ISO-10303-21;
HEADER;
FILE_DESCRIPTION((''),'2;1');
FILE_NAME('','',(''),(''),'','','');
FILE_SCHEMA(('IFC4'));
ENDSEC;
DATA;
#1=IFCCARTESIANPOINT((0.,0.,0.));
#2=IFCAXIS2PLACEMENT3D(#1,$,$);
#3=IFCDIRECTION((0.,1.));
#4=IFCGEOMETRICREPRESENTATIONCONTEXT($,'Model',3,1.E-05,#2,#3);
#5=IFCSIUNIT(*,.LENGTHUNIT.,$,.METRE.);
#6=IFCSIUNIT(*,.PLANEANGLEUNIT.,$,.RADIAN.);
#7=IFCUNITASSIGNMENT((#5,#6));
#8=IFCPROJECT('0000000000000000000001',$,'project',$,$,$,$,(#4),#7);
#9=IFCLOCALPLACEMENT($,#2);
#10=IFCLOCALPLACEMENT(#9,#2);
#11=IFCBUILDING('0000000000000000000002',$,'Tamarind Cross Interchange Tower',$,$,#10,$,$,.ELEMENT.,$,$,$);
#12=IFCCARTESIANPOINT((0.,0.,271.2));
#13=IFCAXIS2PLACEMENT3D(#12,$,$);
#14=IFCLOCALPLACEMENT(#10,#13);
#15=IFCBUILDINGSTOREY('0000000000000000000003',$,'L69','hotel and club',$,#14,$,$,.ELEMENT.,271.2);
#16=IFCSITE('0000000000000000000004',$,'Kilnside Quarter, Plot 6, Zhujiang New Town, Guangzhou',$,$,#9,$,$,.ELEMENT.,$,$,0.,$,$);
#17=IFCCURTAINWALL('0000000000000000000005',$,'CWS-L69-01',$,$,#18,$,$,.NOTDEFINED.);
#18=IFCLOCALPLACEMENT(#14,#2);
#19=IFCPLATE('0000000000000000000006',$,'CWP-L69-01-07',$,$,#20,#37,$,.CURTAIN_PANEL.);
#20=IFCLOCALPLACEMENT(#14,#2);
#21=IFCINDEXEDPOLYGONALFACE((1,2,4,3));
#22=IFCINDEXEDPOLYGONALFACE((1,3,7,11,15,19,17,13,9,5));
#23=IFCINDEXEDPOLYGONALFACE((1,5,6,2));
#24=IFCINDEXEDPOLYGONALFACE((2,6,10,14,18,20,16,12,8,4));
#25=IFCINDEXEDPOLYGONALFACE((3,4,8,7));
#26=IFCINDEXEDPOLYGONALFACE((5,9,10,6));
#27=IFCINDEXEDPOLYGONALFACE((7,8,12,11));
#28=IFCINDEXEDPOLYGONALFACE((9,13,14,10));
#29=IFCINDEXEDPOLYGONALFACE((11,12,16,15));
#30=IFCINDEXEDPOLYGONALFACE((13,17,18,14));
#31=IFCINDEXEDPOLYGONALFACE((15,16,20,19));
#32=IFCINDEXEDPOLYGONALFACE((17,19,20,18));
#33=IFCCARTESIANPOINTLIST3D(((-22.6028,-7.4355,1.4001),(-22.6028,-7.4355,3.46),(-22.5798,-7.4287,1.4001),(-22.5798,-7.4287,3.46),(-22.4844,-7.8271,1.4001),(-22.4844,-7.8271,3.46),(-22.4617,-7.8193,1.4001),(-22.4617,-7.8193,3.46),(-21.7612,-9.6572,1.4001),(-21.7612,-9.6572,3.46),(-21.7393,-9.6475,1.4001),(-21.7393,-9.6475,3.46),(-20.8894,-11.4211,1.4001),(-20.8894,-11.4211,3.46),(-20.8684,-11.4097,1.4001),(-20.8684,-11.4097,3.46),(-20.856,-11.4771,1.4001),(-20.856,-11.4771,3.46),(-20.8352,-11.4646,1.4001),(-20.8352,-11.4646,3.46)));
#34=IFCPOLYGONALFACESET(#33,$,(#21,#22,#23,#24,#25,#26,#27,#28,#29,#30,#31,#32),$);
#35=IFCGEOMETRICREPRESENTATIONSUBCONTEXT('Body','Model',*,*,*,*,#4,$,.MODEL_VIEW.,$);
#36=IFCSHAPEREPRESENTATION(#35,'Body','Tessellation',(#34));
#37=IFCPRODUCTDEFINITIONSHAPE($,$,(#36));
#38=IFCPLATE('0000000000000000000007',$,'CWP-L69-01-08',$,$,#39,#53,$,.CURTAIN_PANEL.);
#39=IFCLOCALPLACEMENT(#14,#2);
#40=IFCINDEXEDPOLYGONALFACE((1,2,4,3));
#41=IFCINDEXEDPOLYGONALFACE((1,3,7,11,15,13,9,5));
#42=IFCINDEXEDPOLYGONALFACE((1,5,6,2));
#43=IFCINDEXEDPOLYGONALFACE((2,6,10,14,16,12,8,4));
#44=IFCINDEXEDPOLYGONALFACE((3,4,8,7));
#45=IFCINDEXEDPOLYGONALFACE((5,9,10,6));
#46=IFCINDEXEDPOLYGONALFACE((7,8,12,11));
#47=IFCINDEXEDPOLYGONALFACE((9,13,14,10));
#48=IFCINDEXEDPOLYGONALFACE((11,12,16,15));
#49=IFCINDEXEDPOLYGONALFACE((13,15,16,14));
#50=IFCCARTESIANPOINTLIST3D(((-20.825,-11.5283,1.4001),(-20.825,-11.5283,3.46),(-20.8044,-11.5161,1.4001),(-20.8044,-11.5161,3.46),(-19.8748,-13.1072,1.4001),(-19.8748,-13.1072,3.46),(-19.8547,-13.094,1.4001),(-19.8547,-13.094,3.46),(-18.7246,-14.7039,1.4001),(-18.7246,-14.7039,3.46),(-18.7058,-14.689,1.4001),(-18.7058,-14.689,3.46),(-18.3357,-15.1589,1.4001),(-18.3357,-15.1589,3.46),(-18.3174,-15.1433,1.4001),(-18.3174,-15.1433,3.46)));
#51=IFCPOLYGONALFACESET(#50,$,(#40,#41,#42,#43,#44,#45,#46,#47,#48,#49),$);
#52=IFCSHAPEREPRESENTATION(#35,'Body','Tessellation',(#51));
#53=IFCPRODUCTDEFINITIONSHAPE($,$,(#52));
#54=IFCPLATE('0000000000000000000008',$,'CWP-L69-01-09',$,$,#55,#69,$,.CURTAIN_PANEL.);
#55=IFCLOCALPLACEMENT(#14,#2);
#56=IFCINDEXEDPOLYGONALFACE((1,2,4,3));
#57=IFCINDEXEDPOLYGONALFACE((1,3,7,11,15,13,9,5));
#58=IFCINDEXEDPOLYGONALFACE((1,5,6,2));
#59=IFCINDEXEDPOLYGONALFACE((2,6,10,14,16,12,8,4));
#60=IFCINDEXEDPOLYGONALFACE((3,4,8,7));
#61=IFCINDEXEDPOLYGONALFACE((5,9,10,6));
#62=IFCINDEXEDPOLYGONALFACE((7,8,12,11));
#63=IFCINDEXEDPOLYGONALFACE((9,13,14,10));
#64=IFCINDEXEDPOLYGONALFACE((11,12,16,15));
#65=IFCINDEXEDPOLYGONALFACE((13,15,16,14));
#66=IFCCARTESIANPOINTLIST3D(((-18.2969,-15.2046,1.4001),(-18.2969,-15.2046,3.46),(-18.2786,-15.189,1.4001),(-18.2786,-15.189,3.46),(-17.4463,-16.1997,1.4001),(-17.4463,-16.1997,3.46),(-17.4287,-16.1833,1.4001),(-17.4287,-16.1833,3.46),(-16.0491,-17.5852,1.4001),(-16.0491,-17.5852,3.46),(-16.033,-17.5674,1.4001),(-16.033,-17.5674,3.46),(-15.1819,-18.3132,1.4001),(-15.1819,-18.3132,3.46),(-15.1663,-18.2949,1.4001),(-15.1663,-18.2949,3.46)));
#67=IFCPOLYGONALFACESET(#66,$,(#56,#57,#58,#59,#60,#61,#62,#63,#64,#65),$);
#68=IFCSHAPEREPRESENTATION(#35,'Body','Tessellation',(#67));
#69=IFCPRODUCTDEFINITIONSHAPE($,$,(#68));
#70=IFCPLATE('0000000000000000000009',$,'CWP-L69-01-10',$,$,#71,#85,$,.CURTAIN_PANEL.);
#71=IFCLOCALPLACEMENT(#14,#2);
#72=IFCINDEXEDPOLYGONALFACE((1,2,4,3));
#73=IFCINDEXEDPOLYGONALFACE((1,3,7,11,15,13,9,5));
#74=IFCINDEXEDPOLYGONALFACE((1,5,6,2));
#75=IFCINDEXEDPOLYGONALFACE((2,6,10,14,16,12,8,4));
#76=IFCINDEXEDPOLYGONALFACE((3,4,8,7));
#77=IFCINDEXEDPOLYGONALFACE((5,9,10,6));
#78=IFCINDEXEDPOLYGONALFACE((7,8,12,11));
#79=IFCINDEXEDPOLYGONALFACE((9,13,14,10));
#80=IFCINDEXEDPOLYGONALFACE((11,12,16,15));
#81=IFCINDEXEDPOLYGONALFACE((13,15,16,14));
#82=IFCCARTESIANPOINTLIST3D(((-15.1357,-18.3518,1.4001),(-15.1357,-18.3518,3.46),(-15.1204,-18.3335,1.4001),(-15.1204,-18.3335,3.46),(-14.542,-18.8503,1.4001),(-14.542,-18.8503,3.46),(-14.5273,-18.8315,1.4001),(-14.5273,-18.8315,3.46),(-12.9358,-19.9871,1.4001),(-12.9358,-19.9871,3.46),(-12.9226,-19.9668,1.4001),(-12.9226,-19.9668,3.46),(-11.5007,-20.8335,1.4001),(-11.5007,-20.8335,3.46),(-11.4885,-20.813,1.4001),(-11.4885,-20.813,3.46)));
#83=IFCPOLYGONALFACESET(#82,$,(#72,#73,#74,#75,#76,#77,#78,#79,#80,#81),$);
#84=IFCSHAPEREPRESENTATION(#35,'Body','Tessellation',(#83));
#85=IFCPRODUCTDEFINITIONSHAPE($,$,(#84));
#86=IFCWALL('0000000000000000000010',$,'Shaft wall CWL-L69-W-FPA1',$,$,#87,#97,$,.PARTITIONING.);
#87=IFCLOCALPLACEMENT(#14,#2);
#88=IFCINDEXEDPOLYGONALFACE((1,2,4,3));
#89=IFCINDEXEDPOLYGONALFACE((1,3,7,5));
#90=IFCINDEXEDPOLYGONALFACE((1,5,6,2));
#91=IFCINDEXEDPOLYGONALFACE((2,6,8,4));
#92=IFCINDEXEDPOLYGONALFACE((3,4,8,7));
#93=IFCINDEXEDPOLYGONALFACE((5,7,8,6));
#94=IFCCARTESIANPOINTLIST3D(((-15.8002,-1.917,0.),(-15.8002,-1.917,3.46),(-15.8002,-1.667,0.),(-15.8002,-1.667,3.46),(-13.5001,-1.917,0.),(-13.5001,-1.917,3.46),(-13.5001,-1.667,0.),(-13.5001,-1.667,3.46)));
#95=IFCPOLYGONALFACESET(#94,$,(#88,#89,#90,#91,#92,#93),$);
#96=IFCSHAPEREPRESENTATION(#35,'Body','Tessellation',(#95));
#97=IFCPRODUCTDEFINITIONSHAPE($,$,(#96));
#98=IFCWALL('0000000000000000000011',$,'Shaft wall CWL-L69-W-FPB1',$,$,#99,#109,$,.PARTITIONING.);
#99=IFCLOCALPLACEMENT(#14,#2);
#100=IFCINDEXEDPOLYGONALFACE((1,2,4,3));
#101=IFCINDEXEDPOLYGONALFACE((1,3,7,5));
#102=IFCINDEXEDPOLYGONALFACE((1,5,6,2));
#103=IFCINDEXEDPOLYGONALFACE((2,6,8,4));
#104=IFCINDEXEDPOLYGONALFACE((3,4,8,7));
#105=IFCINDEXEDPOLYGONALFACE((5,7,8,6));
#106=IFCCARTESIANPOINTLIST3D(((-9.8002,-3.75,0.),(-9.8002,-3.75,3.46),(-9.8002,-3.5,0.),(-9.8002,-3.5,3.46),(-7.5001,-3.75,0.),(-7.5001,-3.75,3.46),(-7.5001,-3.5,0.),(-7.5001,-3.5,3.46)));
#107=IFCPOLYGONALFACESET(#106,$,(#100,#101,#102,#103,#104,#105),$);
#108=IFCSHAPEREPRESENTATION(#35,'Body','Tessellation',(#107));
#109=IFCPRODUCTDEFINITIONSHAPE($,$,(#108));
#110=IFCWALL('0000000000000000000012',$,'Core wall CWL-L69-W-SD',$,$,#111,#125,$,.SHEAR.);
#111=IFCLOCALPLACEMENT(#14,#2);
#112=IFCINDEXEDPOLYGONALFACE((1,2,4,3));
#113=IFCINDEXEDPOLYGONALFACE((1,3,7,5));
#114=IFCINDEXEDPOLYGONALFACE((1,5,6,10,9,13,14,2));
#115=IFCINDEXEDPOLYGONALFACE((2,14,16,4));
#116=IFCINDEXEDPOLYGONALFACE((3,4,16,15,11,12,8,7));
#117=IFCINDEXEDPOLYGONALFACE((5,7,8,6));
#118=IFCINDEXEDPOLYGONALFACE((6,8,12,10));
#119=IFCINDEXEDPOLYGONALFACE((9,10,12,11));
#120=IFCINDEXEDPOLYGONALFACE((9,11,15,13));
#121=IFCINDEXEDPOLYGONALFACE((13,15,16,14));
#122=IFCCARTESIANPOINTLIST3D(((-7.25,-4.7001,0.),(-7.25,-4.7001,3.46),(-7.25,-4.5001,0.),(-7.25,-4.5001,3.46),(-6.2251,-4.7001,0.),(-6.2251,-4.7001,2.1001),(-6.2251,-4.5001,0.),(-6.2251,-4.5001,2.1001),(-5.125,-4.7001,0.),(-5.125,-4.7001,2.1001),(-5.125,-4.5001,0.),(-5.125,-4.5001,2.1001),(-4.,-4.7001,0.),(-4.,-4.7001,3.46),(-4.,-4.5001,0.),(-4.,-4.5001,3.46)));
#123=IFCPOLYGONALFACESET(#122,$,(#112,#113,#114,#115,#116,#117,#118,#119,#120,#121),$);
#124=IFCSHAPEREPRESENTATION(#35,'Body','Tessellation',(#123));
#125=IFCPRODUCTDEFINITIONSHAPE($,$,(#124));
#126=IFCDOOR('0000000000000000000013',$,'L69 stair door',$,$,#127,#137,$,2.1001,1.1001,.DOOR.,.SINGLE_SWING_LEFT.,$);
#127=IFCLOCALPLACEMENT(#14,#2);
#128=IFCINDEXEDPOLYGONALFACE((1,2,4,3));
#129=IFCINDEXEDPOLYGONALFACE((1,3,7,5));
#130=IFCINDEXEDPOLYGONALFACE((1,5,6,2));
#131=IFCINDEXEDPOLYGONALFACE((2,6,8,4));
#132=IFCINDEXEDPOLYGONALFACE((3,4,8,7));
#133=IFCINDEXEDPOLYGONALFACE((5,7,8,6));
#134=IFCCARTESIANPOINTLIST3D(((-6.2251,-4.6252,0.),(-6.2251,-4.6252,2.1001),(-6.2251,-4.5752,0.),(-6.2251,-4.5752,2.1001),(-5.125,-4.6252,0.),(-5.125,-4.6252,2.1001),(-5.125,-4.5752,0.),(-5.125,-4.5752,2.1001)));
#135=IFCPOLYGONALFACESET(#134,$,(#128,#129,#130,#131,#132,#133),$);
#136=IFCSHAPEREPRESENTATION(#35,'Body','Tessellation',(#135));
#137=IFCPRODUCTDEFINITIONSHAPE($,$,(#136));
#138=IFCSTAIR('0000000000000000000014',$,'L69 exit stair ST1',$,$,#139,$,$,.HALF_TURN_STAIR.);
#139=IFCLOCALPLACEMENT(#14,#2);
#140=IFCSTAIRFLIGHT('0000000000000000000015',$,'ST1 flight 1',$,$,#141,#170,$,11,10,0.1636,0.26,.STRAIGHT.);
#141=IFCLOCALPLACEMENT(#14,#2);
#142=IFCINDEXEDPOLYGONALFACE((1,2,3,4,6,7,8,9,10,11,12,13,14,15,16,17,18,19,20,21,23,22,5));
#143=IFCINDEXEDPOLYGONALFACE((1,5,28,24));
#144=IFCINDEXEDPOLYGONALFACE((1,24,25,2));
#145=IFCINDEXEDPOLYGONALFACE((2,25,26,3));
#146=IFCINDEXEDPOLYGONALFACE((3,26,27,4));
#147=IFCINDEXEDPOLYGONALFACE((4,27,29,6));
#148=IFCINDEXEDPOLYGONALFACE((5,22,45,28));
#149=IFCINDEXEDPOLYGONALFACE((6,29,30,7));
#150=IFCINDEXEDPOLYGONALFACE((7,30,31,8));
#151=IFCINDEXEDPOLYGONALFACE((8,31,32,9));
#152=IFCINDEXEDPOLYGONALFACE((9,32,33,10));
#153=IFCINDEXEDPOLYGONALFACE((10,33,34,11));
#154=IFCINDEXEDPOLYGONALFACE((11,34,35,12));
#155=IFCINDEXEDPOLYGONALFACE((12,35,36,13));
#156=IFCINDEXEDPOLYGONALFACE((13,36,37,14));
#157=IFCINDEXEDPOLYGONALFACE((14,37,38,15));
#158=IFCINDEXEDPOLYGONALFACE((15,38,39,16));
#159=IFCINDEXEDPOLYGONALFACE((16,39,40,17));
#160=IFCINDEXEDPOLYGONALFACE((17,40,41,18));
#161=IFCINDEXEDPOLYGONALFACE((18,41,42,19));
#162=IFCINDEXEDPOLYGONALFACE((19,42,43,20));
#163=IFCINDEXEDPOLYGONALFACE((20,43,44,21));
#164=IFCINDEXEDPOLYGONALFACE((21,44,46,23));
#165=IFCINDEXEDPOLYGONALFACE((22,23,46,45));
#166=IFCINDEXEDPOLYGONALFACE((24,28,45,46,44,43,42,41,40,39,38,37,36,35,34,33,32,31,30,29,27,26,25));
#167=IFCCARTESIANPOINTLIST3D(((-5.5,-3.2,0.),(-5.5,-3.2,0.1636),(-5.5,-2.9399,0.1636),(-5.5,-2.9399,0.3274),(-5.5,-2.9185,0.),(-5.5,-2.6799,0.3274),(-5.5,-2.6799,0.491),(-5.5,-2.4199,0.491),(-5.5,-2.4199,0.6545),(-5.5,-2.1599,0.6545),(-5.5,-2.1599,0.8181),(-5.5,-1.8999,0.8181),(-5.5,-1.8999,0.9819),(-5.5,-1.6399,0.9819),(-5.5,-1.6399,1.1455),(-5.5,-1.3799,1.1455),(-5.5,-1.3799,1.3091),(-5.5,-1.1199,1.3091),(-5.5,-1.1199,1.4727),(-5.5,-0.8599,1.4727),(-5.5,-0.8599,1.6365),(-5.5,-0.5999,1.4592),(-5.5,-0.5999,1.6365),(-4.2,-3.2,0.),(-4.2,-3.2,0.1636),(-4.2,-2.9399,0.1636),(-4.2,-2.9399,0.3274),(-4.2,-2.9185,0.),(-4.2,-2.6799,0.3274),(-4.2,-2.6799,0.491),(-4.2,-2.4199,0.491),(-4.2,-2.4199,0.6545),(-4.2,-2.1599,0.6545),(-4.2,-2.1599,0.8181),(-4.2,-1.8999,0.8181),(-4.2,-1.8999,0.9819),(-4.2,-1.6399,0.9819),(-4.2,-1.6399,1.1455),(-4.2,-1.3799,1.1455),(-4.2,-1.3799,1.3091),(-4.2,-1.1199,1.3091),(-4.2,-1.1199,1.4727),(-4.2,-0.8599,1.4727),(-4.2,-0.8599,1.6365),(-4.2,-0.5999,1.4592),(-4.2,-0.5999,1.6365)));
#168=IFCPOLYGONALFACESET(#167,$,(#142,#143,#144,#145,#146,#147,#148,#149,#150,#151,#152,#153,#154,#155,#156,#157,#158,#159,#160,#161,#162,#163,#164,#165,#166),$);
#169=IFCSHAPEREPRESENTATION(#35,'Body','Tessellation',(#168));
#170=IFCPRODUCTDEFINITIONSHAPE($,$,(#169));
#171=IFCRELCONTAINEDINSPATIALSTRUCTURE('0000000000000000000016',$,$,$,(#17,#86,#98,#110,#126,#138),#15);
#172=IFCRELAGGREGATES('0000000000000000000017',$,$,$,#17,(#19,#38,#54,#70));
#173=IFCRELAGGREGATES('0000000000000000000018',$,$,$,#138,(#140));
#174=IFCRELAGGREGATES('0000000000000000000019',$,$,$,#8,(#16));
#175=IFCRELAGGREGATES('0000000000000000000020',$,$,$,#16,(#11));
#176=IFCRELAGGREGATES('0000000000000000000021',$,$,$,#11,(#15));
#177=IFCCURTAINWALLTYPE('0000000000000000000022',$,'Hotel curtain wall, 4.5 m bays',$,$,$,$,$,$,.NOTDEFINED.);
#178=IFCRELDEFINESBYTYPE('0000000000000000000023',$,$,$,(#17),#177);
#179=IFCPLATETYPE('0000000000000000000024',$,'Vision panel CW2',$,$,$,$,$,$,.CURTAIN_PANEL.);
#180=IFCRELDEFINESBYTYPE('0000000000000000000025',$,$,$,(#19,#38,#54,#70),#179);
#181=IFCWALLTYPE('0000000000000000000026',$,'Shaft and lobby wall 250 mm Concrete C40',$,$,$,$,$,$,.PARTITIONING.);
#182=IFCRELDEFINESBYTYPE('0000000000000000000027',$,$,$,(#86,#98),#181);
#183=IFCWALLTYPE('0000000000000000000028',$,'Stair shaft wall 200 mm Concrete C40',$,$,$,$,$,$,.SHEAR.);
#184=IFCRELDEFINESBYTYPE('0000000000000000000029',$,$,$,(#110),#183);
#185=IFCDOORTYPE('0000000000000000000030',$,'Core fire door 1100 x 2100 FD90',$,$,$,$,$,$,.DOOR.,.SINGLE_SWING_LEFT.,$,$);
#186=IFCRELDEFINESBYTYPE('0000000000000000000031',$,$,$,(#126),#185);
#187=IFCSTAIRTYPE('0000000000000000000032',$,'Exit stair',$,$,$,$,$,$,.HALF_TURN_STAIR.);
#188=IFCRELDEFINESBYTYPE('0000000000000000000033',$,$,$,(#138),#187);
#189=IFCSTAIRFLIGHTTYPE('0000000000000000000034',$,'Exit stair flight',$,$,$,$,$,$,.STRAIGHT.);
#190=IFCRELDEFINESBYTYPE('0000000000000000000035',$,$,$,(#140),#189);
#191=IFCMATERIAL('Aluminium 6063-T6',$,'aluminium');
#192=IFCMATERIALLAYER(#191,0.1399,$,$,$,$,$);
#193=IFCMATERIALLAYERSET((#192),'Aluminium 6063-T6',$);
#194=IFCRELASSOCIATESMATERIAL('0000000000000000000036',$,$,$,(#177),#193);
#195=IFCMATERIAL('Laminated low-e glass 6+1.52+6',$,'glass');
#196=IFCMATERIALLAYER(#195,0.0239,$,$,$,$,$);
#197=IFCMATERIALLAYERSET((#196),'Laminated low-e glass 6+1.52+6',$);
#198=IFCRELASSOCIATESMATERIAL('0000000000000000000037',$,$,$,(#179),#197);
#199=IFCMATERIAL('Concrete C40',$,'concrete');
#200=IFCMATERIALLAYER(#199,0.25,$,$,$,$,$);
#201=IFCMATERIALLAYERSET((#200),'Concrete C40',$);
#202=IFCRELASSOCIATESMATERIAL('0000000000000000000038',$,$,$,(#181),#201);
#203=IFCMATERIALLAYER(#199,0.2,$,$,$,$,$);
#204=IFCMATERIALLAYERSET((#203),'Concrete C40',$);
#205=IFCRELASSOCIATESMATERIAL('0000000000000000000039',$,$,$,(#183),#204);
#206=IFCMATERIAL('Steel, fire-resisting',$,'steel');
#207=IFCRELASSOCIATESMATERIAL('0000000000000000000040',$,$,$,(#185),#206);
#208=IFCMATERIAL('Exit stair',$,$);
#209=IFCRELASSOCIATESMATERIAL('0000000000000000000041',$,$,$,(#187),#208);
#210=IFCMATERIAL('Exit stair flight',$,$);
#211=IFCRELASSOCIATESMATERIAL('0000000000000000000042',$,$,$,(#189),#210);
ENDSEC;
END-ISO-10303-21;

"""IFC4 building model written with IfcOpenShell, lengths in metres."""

from ifc_helpers import new_model, si_unit, direction, frame, frame_2d, origin, place, context, subcontext, project, spatial, polyline, rectangle, outline, extrude, material, layer, layer_set, type_object, element, fill, aggregate, save


model = new_model("IFC4")

# Units and contexts
model_context = context("Model", 3, precision=1e-05, world=origin(), true_north=direction((0.0, 1.0)))
body_context = subcontext(model_context, "Body", "Model", "MODEL_VIEW")
ifc_project = project(units=[si_unit("LENGTHUNIT", "METRE"), si_unit("PLANEANGLEUNIT", "RADIAN")], contexts=[model_context])

# Site, building, storey
site_placement = place(None, origin())
site = spatial("IfcSite", under=ifc_project, at=site_placement, Name="Kilnside Quarter, Plot 6, Zhujiang New Town, Guangzhou", CompositionType="ELEMENT", RefElevation=0.0)
building_placement = place(site_placement, origin())
building = spatial("IfcBuilding", under=site, at=building_placement, Name="Tamarind Cross Interchange Tower", CompositionType="ELEMENT")
storey_placement = place(building_placement, frame((0.0, 0.0, 271.2)))
storey = spatial("IfcBuildingStorey", under=building, at=storey_placement, Name="L69", Description="hotel and club", CompositionType="ELEMENT", Elevation=271.2)

# Shared definitions
ifc_material_1 = material(Name="Aluminium 6063-T6", Category="aluminium")
ifc_layer_1 = layer(ifc_material_1, 0.1399)
ifc_layer_set_1 = layer_set([ifc_layer_1], Name="Aluminium 6063-T6")
curtain_wall_type = type_object("IfcCurtainWallType", Name="Hotel curtain wall, 4.5 m bays", PredefinedType="NOTDEFINED", material=ifc_layer_set_1)

# Curtain wall
curtain_wall_1_placement = place(storey_placement, origin())
curtain_wall_1 = element("IfcCurtainWall", 1, at=curtain_wall_1_placement, inside=storey, type_object=curtain_wall_type, Name="CWS-L69-01", PredefinedType="NOTDEFINED")

# Plates
ifc_material_2 = material(Name="Laminated low-e glass 6+1.52+6", Category="glass")
ifc_layer_2 = layer(ifc_material_2, 0.0239)
ifc_layer_set_2 = layer_set([ifc_layer_2], Name="Laminated low-e glass 6+1.52+6")
plate_type = type_object("IfcPlateType", Name="Vision panel CW2", PredefinedType="CURTAIN_PANEL", material=ifc_layer_set_2)
plate_1_placement = place(storey_placement, frame((0.0, 0.0, 1.4001)))
plate_1 = element("IfcPlate", 2, at=plate_1_placement, type_object=plate_type, Name="CWP-L69-01-07", PredefinedType="CURTAIN_PANEL", context=body_context, shape_type="SweptSolid", body=[
    extrude(outline(polyline([(-22.5798, -7.4287), (-22.4617, -7.8193), (-21.7393, -9.6475), (-20.8684, -11.4097), (-20.8352, -11.4646), (-20.856, -11.4771), (-20.8894, -11.4211), (-21.7612, -9.6572), (-22.4844, -7.8271), (-22.6028, -7.4355), (-22.5798, -7.4287)])), origin(), (0.0, 0.0, 1.0), 2.0598),
])
plate_2_placement = place(storey_placement, frame((0.0, 0.0, 1.4001)))
plate_2 = element("IfcPlate", 3, at=plate_2_placement, type_object=plate_type, Name="CWP-L69-01-08", PredefinedType="CURTAIN_PANEL", context=body_context, shape_type="SweptSolid", body=[
    extrude(outline(polyline([(-20.8044, -11.5161), (-19.8547, -13.094), (-18.7058, -14.689), (-18.3174, -15.1433), (-18.3357, -15.1589), (-18.7246, -14.7039), (-19.8748, -13.1072), (-20.825, -11.5283), (-20.8044, -11.5161)])), origin(), (0.0, 0.0, 1.0), 2.0598),
])
plate_3_placement = place(storey_placement, frame((0.0, 0.0, 1.4001)))
plate_3 = element("IfcPlate", 4, at=plate_3_placement, type_object=plate_type, Name="CWP-L69-01-09", PredefinedType="CURTAIN_PANEL", context=body_context, shape_type="SweptSolid", body=[
    extrude(outline(polyline([(-18.2786, -15.189), (-17.4287, -16.1833), (-16.033, -17.5674), (-15.1663, -18.2949), (-15.1819, -18.3132), (-16.0491, -17.5852), (-17.4463, -16.1997), (-18.2969, -15.2046), (-18.2786, -15.189)])), origin(), (0.0, 0.0, 1.0), 2.0598),
])
plate_4_placement = place(storey_placement, frame((0.0, 0.0, 1.4001)))
plate_4 = element("IfcPlate", 5, at=plate_4_placement, type_object=plate_type, Name="CWP-L69-01-10", PredefinedType="CURTAIN_PANEL", context=body_context, shape_type="SweptSolid", body=[
    extrude(outline(polyline([(-15.1204, -18.3335), (-14.5273, -18.8315), (-12.9226, -19.9668), (-11.4885, -20.813), (-11.5007, -20.8335), (-12.9358, -19.9871), (-14.542, -18.8503), (-15.1357, -18.3518), (-15.1204, -18.3335)])), origin(), (0.0, 0.0, 1.0), 2.0598),
])
aggregate(curtain_wall_1, [plate_1, plate_2, plate_3, plate_4])

# Walls
ifc_material_3 = material(Name="Concrete C40", Category="concrete")
ifc_layer_3 = layer(ifc_material_3, 0.25)
ifc_layer_set_3 = layer_set([ifc_layer_3], Name="Concrete C40")
wall_type_1 = type_object("IfcWallType", Name="Shaft and lobby wall 250 mm Concrete C40", PredefinedType="PARTITIONING", material=ifc_layer_set_3)
for number, where, z_axis, x_axis, name in (
    (6, (-15.8, -1.792, 0.0), (0.0, 0.0, 1.0), (1.0, 0.0, 0.0), "Shaft wall CWL-L69-W-FPA1"),
    (7, (-9.8, -3.625, 0.0), (0.0, 0.0, 1.0), (1.0, 0.0, 0.0), "Shaft wall CWL-L69-W-FPB1"),
):
    element("IfcWall", number, at=place(storey_placement, frame(where, z_axis=z_axis, x_axis=x_axis)), inside=storey, type_object=wall_type_1, Name=name, PredefinedType="PARTITIONING", context=body_context, shape_type="SweptSolid", body=[
        extrude(rectangle(XDim=2.3, YDim=0.25, at=frame_2d((1.1499, 0.0))), origin(), (0.0, 0.0, 1.0), 3.46),
    ])

# Wall, opening, door
ifc_layer_4 = layer(ifc_material_3, 0.2)
ifc_layer_set_4 = layer_set([ifc_layer_4], Name="Concrete C40")
wall_type_2 = type_object("IfcWallType", Name="Stair shaft wall 200 mm Concrete C40", PredefinedType="SHEAR", material=ifc_layer_set_4)
wall_placement = place(storey_placement, frame((-7.25, -4.6001, 0.0), z_axis=(0.0, 0.0, 1.0), x_axis=(1.0, 0.0, 0.0)))
wall = element("IfcWall", 8, at=wall_placement, inside=storey, type_object=wall_type_2, Name="Core wall CWL-L69-W-SD", PredefinedType="SHEAR", context=body_context, shape_type="SweptSolid", body=[
    extrude(rectangle(XDim=3.25, YDim=0.2, at=frame_2d((1.625, 0.0))), origin(), (0.0, 0.0, 1.0), 3.46),
])
opening_placement = place(wall_placement, frame((1.0249, 0.0, 0.0)))
opening = element("IfcOpeningElement", 9, at=opening_placement, cuts=wall, PredefinedType="OPENING", context=body_context, shape_type="SweptSolid", body=[
    extrude(rectangle(XDim=1.1001, YDim=2.1001, at=frame_2d((0.55, 1.05))), frame((0.0, 0.1099, 0.0), z_axis=(0.0, -1.0, 0.0), x_axis=(1.0, 0.0, 0.0)), (0.0, 0.0, 1.0), 0.22),
])
ifc_material_4 = material(Name="Steel, fire-resisting", Category="steel")
door_type = type_object("IfcDoorType", Name="Core fire door 1100 x 2100 FD90", OperationType="SINGLE_SWING_LEFT", PredefinedType="DOOR", material=ifc_material_4)
door_placement = place(opening_placement, origin())
door = element("IfcDoor", 10, at=door_placement, inside=storey, type_object=door_type, Name="L69 stair door", OperationType="SINGLE_SWING_LEFT", OverallHeight=2.1001, OverallWidth=1.1001, PredefinedType="DOOR", context=body_context, shape_type="SweptSolid", body=[
    extrude(rectangle(XDim=1.1001, YDim=2.1001, at=frame_2d((0.55, 1.05))), frame((0.0, 0.0249, 0.0), z_axis=(0.0, -1.0, 0.0), x_axis=(1.0, 0.0, 0.0)), (0.0, 0.0, 1.0), 0.05),
])
fill(opening, door)

# Stair, stair flight
ifc_material_5 = material(Name="Exit stair")
stair_type = type_object("IfcStairType", Name="Exit stair", PredefinedType="HALF_TURN_STAIR", material=ifc_material_5)
stair_placement = place(storey_placement, origin())
stair = element("IfcStair", 11, at=stair_placement, inside=storey, type_object=stair_type, Name="L69 exit stair ST1", PredefinedType="HALF_TURN_STAIR")
ifc_material_6 = material(Name="Exit stair flight")
stair_flight_type = type_object("IfcStairFlightType", Name="Exit stair flight", PredefinedType="STRAIGHT", material=ifc_material_6)
stair_flight_1_placement = place(storey_placement, frame((-4.8501, -3.2, 0.0), z_axis=(0.0, 0.0, 1.0), x_axis=(0.0, 1.0, 0.0)))
stair_flight_1 = element("IfcStairFlight", 12, at=stair_flight_1_placement, type_object=stair_flight_type, Name="ST1 flight 1", NumberOfRisers=11, NumberOfTreads=10, PredefinedType="STRAIGHT", RiserHeight=0.1636, TreadLength=0.26, context=body_context, shape_type="SweptSolid", body=[
    extrude(outline(polyline([(0.0, 0.0), (0.0, 0.1636), (0.26, 0.1636), (0.26, 0.3274), (0.52, 0.3274), (0.52, 0.491), (0.78, 0.491), (0.78, 0.6545), (1.04, 0.6545), (1.04, 0.8181), (1.3, 0.8181), (1.3, 0.9819), (1.5601, 0.9819), (1.5601, 1.1455), (1.8201, 1.1455), (1.8201, 1.3091), (2.0801, 1.3091), (2.0801, 1.4727), (2.3401, 1.4727), (2.3401, 1.6365), (2.6001, 1.6365), (2.6001, 1.8), (2.6001, 1.4592), (0.2815, 0.0), (0.0, 0.0)])), frame((0.0, 0.6499, 0.0), z_axis=(0.0, -1.0, 0.0), x_axis=(1.0, 0.0, 0.0)), (0.0, 0.0, 1.0), 1.3),
])
aggregate(stair, [stair_flight_1])

save(model, "model.ifc")
